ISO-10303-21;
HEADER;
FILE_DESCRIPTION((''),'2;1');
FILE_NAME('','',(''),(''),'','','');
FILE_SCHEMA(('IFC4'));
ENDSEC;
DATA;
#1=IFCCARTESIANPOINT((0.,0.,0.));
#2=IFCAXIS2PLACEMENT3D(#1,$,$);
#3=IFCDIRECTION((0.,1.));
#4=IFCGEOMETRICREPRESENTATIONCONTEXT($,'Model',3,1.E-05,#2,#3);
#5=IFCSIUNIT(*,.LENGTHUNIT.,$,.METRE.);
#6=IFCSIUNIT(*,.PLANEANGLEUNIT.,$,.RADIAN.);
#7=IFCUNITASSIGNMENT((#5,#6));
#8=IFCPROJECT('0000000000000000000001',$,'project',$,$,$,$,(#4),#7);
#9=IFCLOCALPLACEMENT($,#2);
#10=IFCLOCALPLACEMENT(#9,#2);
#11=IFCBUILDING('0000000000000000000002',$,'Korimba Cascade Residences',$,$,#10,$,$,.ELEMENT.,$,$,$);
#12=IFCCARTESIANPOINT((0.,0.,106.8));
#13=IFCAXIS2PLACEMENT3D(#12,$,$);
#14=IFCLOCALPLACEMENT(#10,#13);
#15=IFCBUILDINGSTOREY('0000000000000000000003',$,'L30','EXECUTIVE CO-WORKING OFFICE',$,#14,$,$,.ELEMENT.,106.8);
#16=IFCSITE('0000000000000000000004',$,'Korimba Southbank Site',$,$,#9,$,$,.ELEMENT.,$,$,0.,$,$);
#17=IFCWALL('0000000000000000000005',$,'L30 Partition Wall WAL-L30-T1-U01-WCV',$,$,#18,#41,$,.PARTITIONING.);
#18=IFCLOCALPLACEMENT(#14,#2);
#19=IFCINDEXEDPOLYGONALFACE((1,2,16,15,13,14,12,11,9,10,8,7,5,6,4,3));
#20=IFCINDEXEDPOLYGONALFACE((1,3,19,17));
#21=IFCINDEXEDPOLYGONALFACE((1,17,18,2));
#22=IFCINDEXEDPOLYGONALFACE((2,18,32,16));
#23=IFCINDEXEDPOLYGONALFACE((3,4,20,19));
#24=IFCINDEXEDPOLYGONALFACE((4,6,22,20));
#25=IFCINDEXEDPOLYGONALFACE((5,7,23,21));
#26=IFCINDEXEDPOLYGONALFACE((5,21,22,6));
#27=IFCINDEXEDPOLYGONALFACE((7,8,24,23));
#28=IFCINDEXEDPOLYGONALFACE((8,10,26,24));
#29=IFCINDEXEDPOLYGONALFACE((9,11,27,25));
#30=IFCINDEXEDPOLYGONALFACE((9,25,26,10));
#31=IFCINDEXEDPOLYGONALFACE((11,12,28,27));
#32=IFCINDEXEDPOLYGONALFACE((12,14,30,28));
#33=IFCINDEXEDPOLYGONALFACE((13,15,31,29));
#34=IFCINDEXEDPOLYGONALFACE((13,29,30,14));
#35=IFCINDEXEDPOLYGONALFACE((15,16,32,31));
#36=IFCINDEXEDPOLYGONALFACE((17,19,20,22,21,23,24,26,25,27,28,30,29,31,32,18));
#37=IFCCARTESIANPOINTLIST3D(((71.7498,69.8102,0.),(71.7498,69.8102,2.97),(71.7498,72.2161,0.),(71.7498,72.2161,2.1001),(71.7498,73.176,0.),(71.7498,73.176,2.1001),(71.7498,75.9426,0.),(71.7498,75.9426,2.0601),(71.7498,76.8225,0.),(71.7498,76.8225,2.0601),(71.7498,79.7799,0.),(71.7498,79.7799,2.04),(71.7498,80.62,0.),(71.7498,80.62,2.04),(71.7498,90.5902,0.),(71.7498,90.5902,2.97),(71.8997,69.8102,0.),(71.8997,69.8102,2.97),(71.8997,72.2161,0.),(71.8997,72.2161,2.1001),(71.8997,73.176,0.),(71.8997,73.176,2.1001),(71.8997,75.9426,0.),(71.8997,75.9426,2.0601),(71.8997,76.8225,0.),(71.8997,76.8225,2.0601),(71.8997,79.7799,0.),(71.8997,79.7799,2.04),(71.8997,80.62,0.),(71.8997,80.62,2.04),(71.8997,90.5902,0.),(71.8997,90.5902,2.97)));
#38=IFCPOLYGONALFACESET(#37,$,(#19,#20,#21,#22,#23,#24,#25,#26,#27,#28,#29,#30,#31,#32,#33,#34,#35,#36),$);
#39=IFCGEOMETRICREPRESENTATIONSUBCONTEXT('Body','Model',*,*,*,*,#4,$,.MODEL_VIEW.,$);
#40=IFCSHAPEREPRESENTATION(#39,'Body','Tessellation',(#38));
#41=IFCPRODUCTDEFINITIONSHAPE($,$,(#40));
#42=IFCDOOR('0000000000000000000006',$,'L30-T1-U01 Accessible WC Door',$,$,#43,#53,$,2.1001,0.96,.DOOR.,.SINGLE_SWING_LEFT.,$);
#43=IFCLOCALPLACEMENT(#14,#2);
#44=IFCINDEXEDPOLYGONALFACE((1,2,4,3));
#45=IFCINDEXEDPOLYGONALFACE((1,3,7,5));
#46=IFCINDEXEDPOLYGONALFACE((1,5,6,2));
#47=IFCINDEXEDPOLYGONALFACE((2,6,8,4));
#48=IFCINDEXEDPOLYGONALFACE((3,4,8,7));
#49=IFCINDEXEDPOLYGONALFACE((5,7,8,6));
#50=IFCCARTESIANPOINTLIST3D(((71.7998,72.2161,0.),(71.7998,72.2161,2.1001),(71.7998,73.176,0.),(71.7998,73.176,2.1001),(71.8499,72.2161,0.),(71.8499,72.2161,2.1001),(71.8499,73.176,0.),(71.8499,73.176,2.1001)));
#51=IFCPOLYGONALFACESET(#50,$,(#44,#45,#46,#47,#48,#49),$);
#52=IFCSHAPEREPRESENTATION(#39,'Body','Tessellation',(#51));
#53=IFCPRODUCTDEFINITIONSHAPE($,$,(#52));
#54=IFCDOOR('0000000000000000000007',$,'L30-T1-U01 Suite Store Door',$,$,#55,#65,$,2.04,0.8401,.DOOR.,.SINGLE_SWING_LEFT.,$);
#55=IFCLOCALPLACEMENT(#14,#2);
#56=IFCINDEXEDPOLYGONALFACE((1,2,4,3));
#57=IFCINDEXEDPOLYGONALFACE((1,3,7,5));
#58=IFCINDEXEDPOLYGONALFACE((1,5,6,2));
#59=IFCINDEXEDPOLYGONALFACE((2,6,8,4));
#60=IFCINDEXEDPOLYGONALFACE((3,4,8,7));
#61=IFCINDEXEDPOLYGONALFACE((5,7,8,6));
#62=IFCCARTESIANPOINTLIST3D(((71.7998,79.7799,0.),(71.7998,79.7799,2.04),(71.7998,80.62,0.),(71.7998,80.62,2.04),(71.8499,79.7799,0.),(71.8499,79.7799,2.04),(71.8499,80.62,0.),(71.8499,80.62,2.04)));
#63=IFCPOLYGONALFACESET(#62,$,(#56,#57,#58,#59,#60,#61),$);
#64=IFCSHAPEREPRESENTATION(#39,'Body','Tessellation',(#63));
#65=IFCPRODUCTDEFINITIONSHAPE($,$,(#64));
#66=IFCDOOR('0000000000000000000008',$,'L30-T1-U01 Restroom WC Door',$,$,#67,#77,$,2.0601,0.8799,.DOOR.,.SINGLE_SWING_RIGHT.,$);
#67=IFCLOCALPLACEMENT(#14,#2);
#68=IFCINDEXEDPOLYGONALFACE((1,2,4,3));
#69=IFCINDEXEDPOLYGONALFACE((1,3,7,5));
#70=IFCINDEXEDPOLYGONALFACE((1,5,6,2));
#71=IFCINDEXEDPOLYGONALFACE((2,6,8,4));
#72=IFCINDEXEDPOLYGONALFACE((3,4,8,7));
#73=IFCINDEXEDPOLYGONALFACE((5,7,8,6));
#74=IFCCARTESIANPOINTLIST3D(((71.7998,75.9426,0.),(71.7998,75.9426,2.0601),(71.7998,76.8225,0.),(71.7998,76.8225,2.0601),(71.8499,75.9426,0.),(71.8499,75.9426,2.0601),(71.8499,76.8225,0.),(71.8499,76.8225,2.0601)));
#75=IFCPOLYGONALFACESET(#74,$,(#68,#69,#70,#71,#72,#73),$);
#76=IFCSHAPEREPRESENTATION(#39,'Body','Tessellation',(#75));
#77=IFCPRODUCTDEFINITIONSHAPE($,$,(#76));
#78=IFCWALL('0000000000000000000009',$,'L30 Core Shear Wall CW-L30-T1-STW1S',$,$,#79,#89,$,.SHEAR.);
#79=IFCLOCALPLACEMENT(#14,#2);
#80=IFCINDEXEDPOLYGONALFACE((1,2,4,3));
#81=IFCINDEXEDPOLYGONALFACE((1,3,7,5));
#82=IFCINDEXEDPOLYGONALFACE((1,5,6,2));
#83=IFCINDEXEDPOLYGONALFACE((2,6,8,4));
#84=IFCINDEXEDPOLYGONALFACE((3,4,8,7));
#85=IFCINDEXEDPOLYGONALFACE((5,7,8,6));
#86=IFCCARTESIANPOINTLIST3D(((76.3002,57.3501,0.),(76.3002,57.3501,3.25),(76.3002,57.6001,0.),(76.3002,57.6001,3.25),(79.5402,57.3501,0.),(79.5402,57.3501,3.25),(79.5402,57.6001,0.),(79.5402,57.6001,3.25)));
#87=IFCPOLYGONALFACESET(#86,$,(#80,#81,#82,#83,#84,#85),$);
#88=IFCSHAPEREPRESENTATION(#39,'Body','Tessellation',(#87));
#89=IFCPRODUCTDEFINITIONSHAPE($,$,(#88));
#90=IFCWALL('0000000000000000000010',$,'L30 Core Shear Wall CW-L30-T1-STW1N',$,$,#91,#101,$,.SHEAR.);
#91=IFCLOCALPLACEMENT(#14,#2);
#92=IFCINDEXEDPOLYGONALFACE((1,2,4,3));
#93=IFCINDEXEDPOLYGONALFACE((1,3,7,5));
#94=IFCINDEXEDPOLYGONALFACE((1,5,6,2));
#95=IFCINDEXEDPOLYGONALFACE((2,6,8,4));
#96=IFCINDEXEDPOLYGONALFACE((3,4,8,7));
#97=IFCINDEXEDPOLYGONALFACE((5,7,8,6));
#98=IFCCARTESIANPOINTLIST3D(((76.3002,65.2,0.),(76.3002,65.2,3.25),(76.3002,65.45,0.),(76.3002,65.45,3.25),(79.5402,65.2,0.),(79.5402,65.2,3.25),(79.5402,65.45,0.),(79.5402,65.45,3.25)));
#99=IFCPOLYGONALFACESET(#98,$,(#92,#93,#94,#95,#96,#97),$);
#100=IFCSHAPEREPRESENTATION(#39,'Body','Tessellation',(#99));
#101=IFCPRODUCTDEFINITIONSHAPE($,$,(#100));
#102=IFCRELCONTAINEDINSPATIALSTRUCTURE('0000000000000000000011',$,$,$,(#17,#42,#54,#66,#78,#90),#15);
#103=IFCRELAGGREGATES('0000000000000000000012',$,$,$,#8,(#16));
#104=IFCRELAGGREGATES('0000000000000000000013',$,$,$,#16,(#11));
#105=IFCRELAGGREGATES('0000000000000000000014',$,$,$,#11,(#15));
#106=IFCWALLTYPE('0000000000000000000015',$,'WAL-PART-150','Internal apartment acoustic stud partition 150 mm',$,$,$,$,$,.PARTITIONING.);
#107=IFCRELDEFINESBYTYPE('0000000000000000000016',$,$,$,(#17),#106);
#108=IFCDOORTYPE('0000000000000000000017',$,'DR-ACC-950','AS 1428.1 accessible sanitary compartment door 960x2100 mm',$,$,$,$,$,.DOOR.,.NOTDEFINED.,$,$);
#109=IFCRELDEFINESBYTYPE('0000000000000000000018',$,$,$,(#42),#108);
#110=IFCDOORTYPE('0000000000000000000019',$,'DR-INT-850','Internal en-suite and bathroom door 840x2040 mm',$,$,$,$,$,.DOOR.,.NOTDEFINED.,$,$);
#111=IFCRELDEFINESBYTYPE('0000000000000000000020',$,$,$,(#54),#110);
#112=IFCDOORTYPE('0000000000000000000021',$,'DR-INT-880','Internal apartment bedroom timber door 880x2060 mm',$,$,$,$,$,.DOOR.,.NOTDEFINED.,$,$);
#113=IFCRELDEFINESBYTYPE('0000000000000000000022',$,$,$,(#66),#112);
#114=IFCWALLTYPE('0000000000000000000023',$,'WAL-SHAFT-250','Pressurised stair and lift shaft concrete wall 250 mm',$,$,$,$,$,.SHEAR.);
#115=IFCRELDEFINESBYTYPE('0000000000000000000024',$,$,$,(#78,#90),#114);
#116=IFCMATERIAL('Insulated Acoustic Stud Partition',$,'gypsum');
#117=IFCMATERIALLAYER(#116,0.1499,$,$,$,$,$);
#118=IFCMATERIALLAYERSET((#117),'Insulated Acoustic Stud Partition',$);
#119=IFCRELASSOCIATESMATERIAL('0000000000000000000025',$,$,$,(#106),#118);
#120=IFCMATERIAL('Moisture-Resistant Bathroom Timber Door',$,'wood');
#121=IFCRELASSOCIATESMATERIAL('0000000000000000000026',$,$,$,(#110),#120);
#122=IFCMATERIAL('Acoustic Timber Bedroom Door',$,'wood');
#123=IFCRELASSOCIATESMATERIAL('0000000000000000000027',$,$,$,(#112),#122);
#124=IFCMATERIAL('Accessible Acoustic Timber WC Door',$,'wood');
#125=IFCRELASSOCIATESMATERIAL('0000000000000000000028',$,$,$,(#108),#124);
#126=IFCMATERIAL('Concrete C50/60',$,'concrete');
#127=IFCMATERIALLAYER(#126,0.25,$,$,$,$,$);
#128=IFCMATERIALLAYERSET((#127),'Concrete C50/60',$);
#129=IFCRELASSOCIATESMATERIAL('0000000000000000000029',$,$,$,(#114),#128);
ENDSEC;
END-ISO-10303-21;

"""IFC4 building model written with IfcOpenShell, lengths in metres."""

from ifc_helpers import new_model, si_unit, direction, frame, frame_2d, origin, place, context, subcontext, project, spatial, rectangle, extrude, material, layer, layer_set, type_object, element, fill, save


model = new_model("IFC4")

# Units and contexts
model_context = context("Model", 3, precision=1e-05, world=origin(), true_north=direction((0.0, 1.0)))
body_context = subcontext(model_context, "Body", "Model", "MODEL_VIEW")
ifc_project = project(units=[si_unit("LENGTHUNIT", "METRE"), si_unit("PLANEANGLEUNIT", "RADIAN")], contexts=[model_context])

# Site, building, storey
site_placement = place(None, origin())
site = spatial("IfcSite", under=ifc_project, at=site_placement, Name="Korimba Southbank Site", CompositionType="ELEMENT", RefElevation=0.0)
building_placement = place(site_placement, origin())
building = spatial("IfcBuilding", under=site, at=building_placement, Name="Korimba Cascade Residences", CompositionType="ELEMENT")
storey_placement = place(building_placement, frame((0.0, 0.0, 106.8)))
storey = spatial("IfcBuildingStorey", under=building, at=storey_placement, Name="L30", Description="EXECUTIVE CO-WORKING OFFICE", CompositionType="ELEMENT", Elevation=106.8)

# Shared definitions
ifc_material_1 = material(Name="Insulated Acoustic Stud Partition", Category="gypsum")
ifc_layer_1 = layer(ifc_material_1, 0.1499)
ifc_layer_set_1 = layer_set([ifc_layer_1], Name="Insulated Acoustic Stud Partition")
wall_type_1 = type_object("IfcWallType", Name="WAL-PART-150", Description="Internal apartment acoustic stud partition 150 mm", PredefinedType="PARTITIONING", material=ifc_layer_set_1)

# Wall, openings, doors
ifc_material_2 = material(Name="Moisture-Resistant Bathroom Timber Door", Category="wood")
door_type_1 = type_object("IfcDoorType", Name="DR-INT-850", Description="Internal en-suite and bathroom door 840x2040 mm", OperationType="NOTDEFINED", PredefinedType="DOOR", material=ifc_material_2)
ifc_material_3 = material(Name="Acoustic Timber Bedroom Door", Category="wood")
door_type_2 = type_object("IfcDoorType", Name="DR-INT-880", Description="Internal apartment bedroom timber door 880x2060 mm", OperationType="NOTDEFINED", PredefinedType="DOOR", material=ifc_material_3)
wall_1_placement = place(storey_placement, frame((71.8247, 69.8101, 0.0), z_axis=(0.0, 0.0, 1.0), x_axis=(0.0, 1.0, 0.0)))
wall_1 = element("IfcWall", 1, at=wall_1_placement, inside=storey, type_object=wall_type_1, Name="L30 Partition Wall WAL-L30-T1-U01-WCV", PredefinedType="PARTITIONING", context=body_context, shape_type="SweptSolid", body=[
    extrude(rectangle(XDim=20.78, YDim=0.1499, at=frame_2d((10.3901, 0.0))), origin(), (0.0, 0.0, 1.0), 2.97),
])
opening_1_placement = place(wall_1_placement, frame((2.406, 0.0, 0.0)))
opening_1 = element("IfcOpeningElement", 2, at=opening_1_placement, cuts=wall_1, PredefinedType="OPENING", context=body_context, shape_type="SweptSolid", body=[
    extrude(rectangle(XDim=0.96, YDim=2.1001, at=frame_2d((0.48, 1.05))), frame((0.0, 0.085, 0.0), z_axis=(0.0, -1.0, 0.0), x_axis=(1.0, 0.0, 0.0)), (0.0, 0.0, 1.0), 0.1699),
])
opening_2_placement = place(wall_1_placement, frame((6.1326, 0.0, 0.0)))
opening_2 = element("IfcOpeningElement", 3, at=opening_2_placement, cuts=wall_1, PredefinedType="OPENING", context=body_context, shape_type="SweptSolid", body=[
    extrude(rectangle(XDim=0.8799, YDim=2.0601, at=frame_2d((0.4399, 1.03))), frame((0.0, 0.085, 0.0), z_axis=(0.0, -1.0, 0.0), x_axis=(1.0, 0.0, 0.0)), (0.0, 0.0, 1.0), 0.1699),
])
opening_3_placement = place(wall_1_placement, frame((9.97, 0.0, 0.0)))
opening_3 = element("IfcOpeningElement", 4, at=opening_3_placement, cuts=wall_1, PredefinedType="OPENING", context=body_context, shape_type="SweptSolid", body=[
    extrude(rectangle(XDim=0.8401, YDim=2.04, at=frame_2d((0.4199, 1.02))), frame((0.0, 0.085, 0.0), z_axis=(0.0, -1.0, 0.0), x_axis=(1.0, 0.0, 0.0)), (0.0, 0.0, 1.0), 0.1699),
])
ifc_material_4 = material(Name="Accessible Acoustic Timber WC Door", Category="wood")
door_type_3 = type_object("IfcDoorType", Name="DR-ACC-950", Description="AS 1428.1 accessible sanitary compartment door 960x2100 mm", OperationType="NOTDEFINED", PredefinedType="DOOR", material=ifc_material_4)
door_1_placement = place(opening_1_placement, origin())
door_1 = element("IfcDoor", 5, at=door_1_placement, inside=storey, type_object=door_type_3, Name="L30-T1-U01 Accessible WC Door", OperationType="SINGLE_SWING_LEFT", OverallHeight=2.1001, OverallWidth=0.96, PredefinedType="DOOR", context=body_context, shape_type="SweptSolid", body=[
    extrude(rectangle(XDim=0.96, YDim=2.1001, at=frame_2d((0.48, 1.05))), frame((0.0, 0.0249, 0.0), z_axis=(0.0, -1.0, 0.0), x_axis=(1.0, 0.0, 0.0)), (0.0, 0.0, 1.0), 0.05),
])
fill(opening_1, door_1)
door_2_placement = place(opening_3_placement, origin())
door_2 = element("IfcDoor", 6, at=door_2_placement, inside=storey, type_object=door_type_1, Name="L30-T1-U01 Suite Store Door", OperationType="SINGLE_SWING_LEFT", OverallHeight=2.04, OverallWidth=0.8401, PredefinedType="DOOR", context=body_context, shape_type="SweptSolid", body=[
    extrude(rectangle(XDim=0.8401, YDim=2.04, at=frame_2d((0.4199, 1.02))), frame((0.0, 0.0249, 0.0), z_axis=(0.0, -1.0, 0.0), x_axis=(1.0, 0.0, 0.0)), (0.0, 0.0, 1.0), 0.05),
])
fill(opening_3, door_2)
door_3_placement = place(opening_2_placement, origin())
door_3 = element("IfcDoor", 7, at=door_3_placement, inside=storey, type_object=door_type_2, Name="L30-T1-U01 Restroom WC Door", OperationType="SINGLE_SWING_RIGHT", OverallHeight=2.0601, OverallWidth=0.8799, PredefinedType="DOOR", context=body_context, shape_type="SweptSolid", body=[
    extrude(rectangle(XDim=0.8799, YDim=2.0601, at=frame_2d((0.4399, 1.03))), frame((0.0, 0.0249, 0.0), z_axis=(0.0, -1.0, 0.0), x_axis=(1.0, 0.0, 0.0)), (0.0, 0.0, 1.0), 0.05),
])
fill(opening_2, door_3)

# Walls
ifc_material_5 = material(Name="Concrete C50/60", Category="concrete")
ifc_layer_2 = layer(ifc_material_5, 0.25)
ifc_layer_set_2 = layer_set([ifc_layer_2], Name="Concrete C50/60")
wall_type_2 = type_object("IfcWallType", Name="WAL-SHAFT-250", Description="Pressurised stair and lift shaft concrete wall 250 mm", PredefinedType="SHEAR", material=ifc_layer_set_2)
for number, where, z_axis, x_axis, name in (
    (8, (76.3, 57.4751, 0.0), (0.0, 0.0, 1.0), (1.0, 0.0, 0.0), "L30 Core Shear Wall CW-L30-T1-STW1S"),
    (9, (76.3, 65.325, 0.0), (0.0, 0.0, 1.0), (1.0, 0.0, 0.0), "L30 Core Shear Wall CW-L30-T1-STW1N"),
):
    element("IfcWall", number, at=place(storey_placement, frame(where, z_axis=z_axis, x_axis=x_axis)), inside=storey, type_object=wall_type_2, Name=name, PredefinedType="SHEAR", context=body_context, shape_type="SweptSolid", body=[
        extrude(rectangle(XDim=3.24, YDim=0.25, at=frame_2d((1.6201, 0.0))), origin(), (0.0, 0.0, 1.0), 3.25),
    ])

save(model, "model.ifc")
